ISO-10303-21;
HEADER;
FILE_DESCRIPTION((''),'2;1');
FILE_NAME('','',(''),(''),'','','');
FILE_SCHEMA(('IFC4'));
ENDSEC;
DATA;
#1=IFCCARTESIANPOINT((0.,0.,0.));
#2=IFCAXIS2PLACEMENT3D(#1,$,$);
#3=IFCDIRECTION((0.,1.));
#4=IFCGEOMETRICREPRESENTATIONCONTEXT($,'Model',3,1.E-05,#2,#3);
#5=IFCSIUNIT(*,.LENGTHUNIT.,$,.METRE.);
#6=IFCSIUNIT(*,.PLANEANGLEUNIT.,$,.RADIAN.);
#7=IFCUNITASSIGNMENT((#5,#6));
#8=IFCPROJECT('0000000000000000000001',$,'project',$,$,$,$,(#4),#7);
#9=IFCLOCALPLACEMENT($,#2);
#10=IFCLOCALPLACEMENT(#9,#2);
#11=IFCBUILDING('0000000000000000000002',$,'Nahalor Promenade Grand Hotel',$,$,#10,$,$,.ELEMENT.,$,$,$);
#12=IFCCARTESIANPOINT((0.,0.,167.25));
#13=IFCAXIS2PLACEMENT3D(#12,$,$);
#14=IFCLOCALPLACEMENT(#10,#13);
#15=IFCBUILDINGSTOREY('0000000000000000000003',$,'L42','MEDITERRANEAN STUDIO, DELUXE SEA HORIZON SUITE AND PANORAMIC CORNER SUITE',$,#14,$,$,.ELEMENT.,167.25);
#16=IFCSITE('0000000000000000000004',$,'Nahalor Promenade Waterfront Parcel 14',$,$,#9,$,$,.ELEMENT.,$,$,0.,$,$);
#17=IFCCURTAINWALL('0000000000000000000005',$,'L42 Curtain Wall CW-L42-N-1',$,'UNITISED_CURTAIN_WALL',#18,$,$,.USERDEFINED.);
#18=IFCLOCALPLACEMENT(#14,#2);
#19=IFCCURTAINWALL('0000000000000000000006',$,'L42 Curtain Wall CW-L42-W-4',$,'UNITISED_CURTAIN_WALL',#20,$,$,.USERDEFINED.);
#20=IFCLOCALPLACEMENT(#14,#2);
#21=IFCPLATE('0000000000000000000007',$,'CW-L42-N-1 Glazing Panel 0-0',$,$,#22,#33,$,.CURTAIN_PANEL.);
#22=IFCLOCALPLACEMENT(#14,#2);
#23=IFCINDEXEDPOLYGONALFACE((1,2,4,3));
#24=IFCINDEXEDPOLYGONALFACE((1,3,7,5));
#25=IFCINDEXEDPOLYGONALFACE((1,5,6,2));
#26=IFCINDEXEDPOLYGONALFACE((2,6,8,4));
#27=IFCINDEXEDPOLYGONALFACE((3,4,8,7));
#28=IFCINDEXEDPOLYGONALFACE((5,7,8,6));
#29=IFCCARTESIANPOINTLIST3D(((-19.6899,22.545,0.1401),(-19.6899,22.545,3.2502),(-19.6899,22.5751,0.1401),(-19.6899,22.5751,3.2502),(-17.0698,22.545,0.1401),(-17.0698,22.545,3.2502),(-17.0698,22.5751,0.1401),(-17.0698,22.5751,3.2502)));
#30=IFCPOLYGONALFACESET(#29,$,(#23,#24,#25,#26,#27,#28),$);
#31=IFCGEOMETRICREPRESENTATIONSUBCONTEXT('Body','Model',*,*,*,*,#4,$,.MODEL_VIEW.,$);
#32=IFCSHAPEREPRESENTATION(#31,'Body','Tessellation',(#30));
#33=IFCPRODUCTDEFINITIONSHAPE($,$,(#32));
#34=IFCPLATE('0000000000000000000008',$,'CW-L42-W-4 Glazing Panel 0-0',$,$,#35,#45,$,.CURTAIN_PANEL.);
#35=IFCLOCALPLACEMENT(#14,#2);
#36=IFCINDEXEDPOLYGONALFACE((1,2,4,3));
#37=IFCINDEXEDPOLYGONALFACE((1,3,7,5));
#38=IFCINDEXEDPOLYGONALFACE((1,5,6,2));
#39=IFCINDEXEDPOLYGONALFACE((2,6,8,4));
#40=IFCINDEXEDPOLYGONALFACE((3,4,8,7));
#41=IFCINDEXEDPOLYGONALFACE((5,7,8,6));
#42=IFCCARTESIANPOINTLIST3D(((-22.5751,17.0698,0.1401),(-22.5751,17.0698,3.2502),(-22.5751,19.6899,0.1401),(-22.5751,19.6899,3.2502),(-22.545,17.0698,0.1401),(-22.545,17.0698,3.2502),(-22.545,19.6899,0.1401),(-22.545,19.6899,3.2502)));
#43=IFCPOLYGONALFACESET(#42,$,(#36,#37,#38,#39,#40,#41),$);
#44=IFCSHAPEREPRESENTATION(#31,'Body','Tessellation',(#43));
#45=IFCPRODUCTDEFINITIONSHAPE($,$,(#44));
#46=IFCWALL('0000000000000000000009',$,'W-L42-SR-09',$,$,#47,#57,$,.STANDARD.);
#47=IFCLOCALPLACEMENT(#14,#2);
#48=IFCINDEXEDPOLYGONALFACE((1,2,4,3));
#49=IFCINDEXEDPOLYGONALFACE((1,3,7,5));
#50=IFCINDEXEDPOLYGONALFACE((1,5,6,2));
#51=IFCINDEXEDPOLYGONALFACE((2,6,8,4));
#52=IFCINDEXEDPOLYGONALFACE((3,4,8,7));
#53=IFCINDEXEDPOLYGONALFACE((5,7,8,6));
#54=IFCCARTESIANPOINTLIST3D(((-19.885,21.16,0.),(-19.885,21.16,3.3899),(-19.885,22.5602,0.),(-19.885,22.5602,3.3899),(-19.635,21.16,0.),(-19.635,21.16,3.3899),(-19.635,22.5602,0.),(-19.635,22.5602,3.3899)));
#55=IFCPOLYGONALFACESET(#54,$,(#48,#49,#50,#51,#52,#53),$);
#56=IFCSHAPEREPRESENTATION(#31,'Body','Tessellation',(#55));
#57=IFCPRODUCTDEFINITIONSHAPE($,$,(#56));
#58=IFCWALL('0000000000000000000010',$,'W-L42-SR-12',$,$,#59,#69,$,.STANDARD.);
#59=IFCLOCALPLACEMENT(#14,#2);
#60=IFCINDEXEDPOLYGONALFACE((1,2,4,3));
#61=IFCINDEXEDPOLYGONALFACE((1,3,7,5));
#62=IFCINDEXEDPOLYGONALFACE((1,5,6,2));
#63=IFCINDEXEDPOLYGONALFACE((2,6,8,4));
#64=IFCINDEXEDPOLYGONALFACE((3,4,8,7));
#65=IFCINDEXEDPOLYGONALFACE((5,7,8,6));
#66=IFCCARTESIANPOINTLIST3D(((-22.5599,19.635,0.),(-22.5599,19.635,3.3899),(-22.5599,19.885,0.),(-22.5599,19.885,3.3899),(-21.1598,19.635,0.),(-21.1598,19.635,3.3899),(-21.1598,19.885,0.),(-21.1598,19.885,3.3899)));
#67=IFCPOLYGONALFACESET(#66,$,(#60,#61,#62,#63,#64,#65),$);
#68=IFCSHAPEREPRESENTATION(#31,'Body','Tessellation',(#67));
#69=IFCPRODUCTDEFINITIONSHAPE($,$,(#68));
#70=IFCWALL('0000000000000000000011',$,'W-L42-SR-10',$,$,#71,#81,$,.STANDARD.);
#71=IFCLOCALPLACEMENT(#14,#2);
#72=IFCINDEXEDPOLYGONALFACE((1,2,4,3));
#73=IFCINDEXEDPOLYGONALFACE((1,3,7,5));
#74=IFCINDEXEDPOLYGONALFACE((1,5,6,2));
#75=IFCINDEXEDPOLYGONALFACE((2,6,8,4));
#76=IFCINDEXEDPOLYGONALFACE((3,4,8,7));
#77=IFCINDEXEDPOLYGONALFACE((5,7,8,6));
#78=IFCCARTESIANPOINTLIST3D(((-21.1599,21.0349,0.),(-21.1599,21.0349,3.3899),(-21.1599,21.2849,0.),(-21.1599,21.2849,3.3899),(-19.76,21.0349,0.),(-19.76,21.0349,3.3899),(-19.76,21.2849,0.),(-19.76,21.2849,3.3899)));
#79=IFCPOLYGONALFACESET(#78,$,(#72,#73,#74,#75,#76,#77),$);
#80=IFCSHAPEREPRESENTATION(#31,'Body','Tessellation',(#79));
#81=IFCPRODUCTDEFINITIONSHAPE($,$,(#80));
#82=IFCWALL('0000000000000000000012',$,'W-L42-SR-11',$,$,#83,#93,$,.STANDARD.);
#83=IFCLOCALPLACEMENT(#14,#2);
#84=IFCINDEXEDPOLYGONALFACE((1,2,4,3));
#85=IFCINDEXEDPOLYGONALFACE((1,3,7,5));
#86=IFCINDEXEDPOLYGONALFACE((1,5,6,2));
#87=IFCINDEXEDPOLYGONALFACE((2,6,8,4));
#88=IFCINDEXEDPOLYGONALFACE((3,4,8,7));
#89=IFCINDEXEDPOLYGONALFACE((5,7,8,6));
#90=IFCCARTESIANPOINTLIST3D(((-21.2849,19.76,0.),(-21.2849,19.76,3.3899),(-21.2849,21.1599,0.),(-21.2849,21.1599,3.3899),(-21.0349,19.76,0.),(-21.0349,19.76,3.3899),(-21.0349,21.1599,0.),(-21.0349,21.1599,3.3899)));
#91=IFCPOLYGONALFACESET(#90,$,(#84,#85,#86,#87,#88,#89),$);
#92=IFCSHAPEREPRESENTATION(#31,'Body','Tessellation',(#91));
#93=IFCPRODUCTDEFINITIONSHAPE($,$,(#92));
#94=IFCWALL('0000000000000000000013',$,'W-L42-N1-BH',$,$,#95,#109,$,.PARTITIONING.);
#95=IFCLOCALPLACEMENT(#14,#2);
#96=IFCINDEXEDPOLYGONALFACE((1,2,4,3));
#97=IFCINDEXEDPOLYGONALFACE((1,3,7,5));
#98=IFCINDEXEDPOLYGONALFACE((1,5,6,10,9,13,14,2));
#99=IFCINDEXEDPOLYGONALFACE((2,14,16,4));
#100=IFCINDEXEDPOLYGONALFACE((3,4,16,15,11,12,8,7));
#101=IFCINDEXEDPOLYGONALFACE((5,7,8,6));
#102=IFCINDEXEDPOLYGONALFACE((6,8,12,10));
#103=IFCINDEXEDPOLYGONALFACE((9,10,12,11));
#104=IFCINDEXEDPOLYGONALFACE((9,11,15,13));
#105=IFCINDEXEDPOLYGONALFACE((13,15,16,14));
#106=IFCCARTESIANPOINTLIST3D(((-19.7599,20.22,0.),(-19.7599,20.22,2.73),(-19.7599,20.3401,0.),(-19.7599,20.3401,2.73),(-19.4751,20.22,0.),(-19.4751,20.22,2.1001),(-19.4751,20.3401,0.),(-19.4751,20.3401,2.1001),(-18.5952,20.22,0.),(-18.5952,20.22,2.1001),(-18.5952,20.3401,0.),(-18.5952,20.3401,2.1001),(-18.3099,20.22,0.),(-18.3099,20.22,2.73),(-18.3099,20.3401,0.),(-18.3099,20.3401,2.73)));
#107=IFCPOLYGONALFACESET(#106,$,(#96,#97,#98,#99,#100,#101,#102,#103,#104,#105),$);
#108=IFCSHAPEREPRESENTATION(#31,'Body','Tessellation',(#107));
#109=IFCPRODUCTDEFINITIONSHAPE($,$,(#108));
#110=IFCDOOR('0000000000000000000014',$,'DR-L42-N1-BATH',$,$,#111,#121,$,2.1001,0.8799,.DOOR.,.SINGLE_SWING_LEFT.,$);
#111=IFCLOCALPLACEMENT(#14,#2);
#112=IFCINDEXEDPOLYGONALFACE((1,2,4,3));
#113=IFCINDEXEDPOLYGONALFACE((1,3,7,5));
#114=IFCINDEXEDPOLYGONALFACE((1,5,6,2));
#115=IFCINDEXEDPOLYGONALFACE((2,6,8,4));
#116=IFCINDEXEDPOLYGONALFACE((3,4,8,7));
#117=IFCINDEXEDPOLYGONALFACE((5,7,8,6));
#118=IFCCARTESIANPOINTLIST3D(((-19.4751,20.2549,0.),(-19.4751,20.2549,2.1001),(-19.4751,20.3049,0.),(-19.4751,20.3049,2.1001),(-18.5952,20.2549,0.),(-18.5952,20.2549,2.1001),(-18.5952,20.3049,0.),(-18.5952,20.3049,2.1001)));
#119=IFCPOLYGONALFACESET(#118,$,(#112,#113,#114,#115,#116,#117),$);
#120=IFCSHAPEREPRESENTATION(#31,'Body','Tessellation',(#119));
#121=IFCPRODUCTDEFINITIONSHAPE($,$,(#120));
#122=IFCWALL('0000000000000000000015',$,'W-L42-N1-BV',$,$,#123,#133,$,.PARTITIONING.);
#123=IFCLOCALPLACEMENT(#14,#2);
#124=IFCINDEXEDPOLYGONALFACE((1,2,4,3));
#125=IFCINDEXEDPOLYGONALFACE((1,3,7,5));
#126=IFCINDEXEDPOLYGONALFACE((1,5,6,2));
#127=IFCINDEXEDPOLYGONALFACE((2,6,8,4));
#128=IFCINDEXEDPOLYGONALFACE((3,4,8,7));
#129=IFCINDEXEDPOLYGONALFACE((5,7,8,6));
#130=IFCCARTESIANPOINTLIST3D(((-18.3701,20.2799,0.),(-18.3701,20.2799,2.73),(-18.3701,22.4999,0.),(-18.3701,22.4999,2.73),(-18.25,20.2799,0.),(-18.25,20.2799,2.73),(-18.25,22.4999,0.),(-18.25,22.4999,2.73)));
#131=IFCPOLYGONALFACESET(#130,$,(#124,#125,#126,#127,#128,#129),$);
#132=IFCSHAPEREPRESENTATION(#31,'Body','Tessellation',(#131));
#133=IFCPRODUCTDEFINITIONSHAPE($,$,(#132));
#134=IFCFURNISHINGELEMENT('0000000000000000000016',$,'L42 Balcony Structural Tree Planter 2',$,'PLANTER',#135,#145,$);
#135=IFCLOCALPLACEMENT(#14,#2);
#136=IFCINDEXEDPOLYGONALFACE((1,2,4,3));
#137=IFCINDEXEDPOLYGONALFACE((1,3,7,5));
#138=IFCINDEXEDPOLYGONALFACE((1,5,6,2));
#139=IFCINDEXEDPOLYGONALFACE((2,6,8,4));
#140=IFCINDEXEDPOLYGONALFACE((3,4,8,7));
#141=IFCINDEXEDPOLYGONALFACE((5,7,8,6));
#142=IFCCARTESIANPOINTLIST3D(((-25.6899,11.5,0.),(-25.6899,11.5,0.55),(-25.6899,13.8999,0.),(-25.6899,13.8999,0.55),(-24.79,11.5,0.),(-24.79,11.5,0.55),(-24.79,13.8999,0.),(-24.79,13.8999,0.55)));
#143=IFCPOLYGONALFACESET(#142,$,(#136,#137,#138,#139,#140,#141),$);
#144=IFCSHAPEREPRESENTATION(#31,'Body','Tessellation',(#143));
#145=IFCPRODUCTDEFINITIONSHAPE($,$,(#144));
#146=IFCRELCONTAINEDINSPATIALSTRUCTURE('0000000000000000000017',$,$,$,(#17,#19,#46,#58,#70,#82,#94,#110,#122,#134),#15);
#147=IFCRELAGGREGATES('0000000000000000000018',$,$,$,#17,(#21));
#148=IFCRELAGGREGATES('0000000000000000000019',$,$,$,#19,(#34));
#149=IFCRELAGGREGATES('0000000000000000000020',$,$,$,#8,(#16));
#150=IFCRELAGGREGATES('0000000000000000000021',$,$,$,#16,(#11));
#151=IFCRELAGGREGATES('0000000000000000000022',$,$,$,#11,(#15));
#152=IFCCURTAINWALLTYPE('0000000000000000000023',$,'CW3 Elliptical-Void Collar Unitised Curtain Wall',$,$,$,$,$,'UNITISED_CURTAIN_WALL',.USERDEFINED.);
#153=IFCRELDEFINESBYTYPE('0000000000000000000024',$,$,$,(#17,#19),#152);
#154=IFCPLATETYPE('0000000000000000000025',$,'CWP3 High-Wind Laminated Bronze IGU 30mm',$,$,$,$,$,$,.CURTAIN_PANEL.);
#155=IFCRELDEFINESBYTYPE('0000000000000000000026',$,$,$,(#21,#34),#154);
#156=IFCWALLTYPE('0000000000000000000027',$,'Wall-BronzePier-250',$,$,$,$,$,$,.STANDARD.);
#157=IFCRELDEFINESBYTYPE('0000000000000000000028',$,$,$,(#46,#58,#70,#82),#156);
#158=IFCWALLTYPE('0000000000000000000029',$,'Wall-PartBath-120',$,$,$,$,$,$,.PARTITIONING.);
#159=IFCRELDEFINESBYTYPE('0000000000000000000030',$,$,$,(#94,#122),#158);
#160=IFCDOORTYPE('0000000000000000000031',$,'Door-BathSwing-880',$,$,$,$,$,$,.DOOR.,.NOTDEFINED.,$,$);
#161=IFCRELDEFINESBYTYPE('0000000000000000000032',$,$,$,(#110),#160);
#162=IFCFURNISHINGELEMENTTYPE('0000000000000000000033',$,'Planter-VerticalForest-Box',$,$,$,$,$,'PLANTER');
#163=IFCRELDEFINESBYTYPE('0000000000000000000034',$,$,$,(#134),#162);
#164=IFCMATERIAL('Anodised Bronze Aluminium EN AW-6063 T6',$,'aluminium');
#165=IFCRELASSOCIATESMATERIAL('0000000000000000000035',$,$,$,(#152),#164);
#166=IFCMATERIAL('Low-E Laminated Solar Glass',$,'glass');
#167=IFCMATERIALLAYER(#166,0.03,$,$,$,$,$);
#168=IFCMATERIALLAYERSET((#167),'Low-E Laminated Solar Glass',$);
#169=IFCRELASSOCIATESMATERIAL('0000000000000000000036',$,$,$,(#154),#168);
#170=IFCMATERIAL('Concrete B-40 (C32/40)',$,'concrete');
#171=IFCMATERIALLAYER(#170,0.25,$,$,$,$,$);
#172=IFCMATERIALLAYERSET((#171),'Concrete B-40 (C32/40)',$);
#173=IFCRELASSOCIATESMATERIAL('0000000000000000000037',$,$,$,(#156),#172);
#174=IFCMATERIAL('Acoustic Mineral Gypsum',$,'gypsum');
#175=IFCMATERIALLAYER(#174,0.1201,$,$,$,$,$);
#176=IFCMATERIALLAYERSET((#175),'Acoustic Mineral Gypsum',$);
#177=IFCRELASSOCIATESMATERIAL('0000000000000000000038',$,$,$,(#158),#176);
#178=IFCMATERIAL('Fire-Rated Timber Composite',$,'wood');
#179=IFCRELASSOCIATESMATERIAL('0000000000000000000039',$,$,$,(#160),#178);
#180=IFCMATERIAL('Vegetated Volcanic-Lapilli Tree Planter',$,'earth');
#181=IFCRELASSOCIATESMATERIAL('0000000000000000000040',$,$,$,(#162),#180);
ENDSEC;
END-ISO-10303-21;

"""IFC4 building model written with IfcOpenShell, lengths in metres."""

from ifc_helpers import new_model, si_unit, direction, frame, frame_2d, origin, origin_2d, place, context, subcontext, project, spatial, rectangle, extrude, source, transform, mapped, material, layer, layer_set, type_object, element, fill, aggregate, save


model = new_model("IFC4")

# Units and contexts
model_context = context("Model", 3, precision=1e-05, world=origin(), true_north=direction((0.0, 1.0)))
body_context = subcontext(model_context, "Body", "Model", "MODEL_VIEW")
ifc_project = project(units=[si_unit("LENGTHUNIT", "METRE"), si_unit("PLANEANGLEUNIT", "RADIAN")], contexts=[model_context])

# Site, building, storey
site_placement = place(None, origin())
site = spatial("IfcSite", under=ifc_project, at=site_placement, Name="Nahalor Promenade Waterfront Parcel 14", CompositionType="ELEMENT", RefElevation=0.0)
building_placement = place(site_placement, origin())
building = spatial("IfcBuilding", under=site, at=building_placement, Name="Nahalor Promenade Grand Hotel", CompositionType="ELEMENT")
storey_placement = place(building_placement, frame((0.0, 0.0, 167.25)))
storey = spatial("IfcBuildingStorey", under=building, at=storey_placement, Name="L42", Description="MEDITERRANEAN STUDIO, DELUXE SEA HORIZON SUITE AND PANORAMIC CORNER SUITE", CompositionType="ELEMENT", Elevation=167.25)

# Curtain walls
ifc_material_1 = material(Name="Anodised Bronze Aluminium EN AW-6063 T6", Category="aluminium")
curtain_wall_type = type_object("IfcCurtainWallType", Name="CW3 Elliptical-Void Collar Unitised Curtain Wall", ElementType="UNITISED_CURTAIN_WALL", PredefinedType="USERDEFINED", material=ifc_material_1)
curtain_wall_1_placement = place(storey_placement, origin())
curtain_wall_1 = element("IfcCurtainWall", 1, at=curtain_wall_1_placement, inside=storey, type_object=curtain_wall_type, Name="L42 Curtain Wall CW-L42-N-1", ObjectType="UNITISED_CURTAIN_WALL", PredefinedType="USERDEFINED")
curtain_wall_2_placement = place(storey_placement, origin())
curtain_wall_2 = element("IfcCurtainWall", 2, at=curtain_wall_2_placement, inside=storey, type_object=curtain_wall_type, Name="L42 Curtain Wall CW-L42-W-4", ObjectType="UNITISED_CURTAIN_WALL", PredefinedType="USERDEFINED")

# Plates
ifc_material_2 = material(Name="Low-E Laminated Solar Glass", Category="glass")
ifc_layer_1 = layer(ifc_material_2, 0.03)
ifc_layer_set_1 = layer_set([ifc_layer_1], Name="Low-E Laminated Solar Glass")
plate_type = type_object("IfcPlateType", Name="CWP3 High-Wind Laminated Bronze IGU 30mm", PredefinedType="CURTAIN_PANEL", material=ifc_layer_set_1)
shared_shape_1 = source(origin(), body_context, "Body", "SweptSolid", [
    extrude(rectangle(XDim=2.6201, YDim=0.03, at=origin_2d()), origin(), (0.0, 0.0, 1.0), 3.1101),
])
plate_1_placement = place(storey_placement, frame((-18.3799, 22.5601, 0.1401), z_axis=(0.0, 0.0, 1.0), x_axis=(1.0, 0.0, 0.0)))
plate_1 = element("IfcPlate", 3, at=plate_1_placement, type_object=plate_type, Name="CW-L42-N-1 Glazing Panel 0-0", PredefinedType="CURTAIN_PANEL", context=body_context, shape_type="MappedRepresentation", body=[
    mapped(shared_shape_1, transform((0.0, 0.0, 0.0), scale=1.0)),
])
aggregate(curtain_wall_1, [plate_1])
plate_2_placement = place(storey_placement, frame((-22.5601, 18.3799, 0.1401), z_axis=(0.0, 0.0, 1.0), x_axis=(0.0, 1.0, 0.0)))
plate_2 = element("IfcPlate", 4, at=plate_2_placement, type_object=plate_type, Name="CW-L42-W-4 Glazing Panel 0-0", PredefinedType="CURTAIN_PANEL", context=body_context, shape_type="MappedRepresentation", body=[
    mapped(shared_shape_1, transform((0.0, 0.0, 0.0), scale=1.0)),
])
aggregate(curtain_wall_2, [plate_2])

# Walls
ifc_material_3 = material(Name="Concrete B-40 (C32/40)", Category="concrete")
ifc_layer_2 = layer(ifc_material_3, 0.25)
ifc_layer_set_2 = layer_set([ifc_layer_2], Name="Concrete B-40 (C32/40)")
wall_type_1 = type_object("IfcWallType", Name="Wall-BronzePier-250", PredefinedType="STANDARD", material=ifc_layer_set_2)
shared_shape_2 = source(origin(), body_context, "Body", "SweptSolid", [
    extrude(rectangle(XDim=1.4001, YDim=0.25, at=frame_2d((0.7002, 0.0))), origin(), (0.0, 0.0, 1.0), 3.3899),
])
for number, where, z_axis, x_axis, name in (
    (5, (-19.76, 21.1599, 0.0), (0.0, 0.0, 1.0), (0.0, 1.0, 0.0), "W-L42-SR-09"),
    (6, (-22.5601, 19.76, 0.0), (0.0, 0.0, 1.0), (1.0, 0.0, 0.0), "W-L42-SR-12"),
):
    element("IfcWall", number, at=place(storey_placement, frame(where, z_axis=z_axis, x_axis=x_axis)), inside=storey, type_object=wall_type_1, Name=name, PredefinedType="STANDARD", context=body_context, shape_type="MappedRepresentation", body=[
        mapped(shared_shape_2, transform((0.0, 0.0, 0.0), scale=1.0)),
    ])
shared_shape_3 = source(origin(), body_context, "Body", "SweptSolid", [
    extrude(rectangle(XDim=1.3999, YDim=0.25, at=frame_2d((0.7, 0.0))), origin(), (0.0, 0.0, 1.0), 3.3899),
])
for number, where, z_axis, x_axis, name in (
    (7, (-21.1599, 21.1599, 0.0), (0.0, 0.0, 1.0), (1.0, 0.0, 0.0), "W-L42-SR-10"),
    (8, (-21.1599, 19.76, 0.0), (0.0, 0.0, 1.0), (0.0, 1.0, 0.0), "W-L42-SR-11"),
):
    element("IfcWall", number, at=place(storey_placement, frame(where, z_axis=z_axis, x_axis=x_axis)), inside=storey, type_object=wall_type_1, Name=name, PredefinedType="STANDARD", context=body_context, shape_type="MappedRepresentation", body=[
        mapped(shared_shape_3, transform((0.0, 0.0, 0.0), scale=1.0)),
    ])

# Wall, opening, door
ifc_material_4 = material(Name="Acoustic Mineral Gypsum", Category="gypsum")
ifc_layer_3 = layer(ifc_material_4, 0.1201)
ifc_layer_set_3 = layer_set([ifc_layer_3], Name="Acoustic Mineral Gypsum")
wall_type_2 = type_object("IfcWallType", Name="Wall-PartBath-120", PredefinedType="PARTITIONING", material=ifc_layer_set_3)
shared_shape_4 = source(origin(), body_context, "Body", "SweptSolid", [
    extrude(rectangle(XDim=1.45, YDim=0.1201, at=frame_2d((0.7251, 0.0))), origin(), (0.0, 0.0, 1.0), 2.73),
])
wall_1_placement = place(storey_placement, frame((-19.76, 20.28, 0.0), z_axis=(0.0, 0.0, 1.0), x_axis=(1.0, 0.0, 0.0)))
wall_1 = element("IfcWall", 9, at=wall_1_placement, inside=storey, type_object=wall_type_2, Name="W-L42-N1-BH", PredefinedType="PARTITIONING", context=body_context, shape_type="MappedRepresentation", body=[
    mapped(shared_shape_4, transform((0.0, 0.0, 0.0), scale=1.0)),
])
opening_placement = place(wall_1_placement, frame((0.2849, 0.0, 0.0)))
opening = element("IfcOpeningElement", 10, at=opening_placement, cuts=wall_1, PredefinedType="OPENING", context=body_context, shape_type="SweptSolid", body=[
    extrude(rectangle(XDim=0.8799, YDim=2.1001, at=frame_2d((0.4399, 1.05))), frame((0.0, 0.0701, 0.0), z_axis=(0.0, -1.0, 0.0), x_axis=(1.0, 0.0, 0.0)), (0.0, 0.0, 1.0), 0.1401),
])
ifc_material_5 = material(Name="Fire-Rated Timber Composite", Category="wood")
door_type = type_object("IfcDoorType", Name="Door-BathSwing-880", OperationType="NOTDEFINED", PredefinedType="DOOR", material=ifc_material_5)
shared_shape_5 = source(origin(), body_context, "Body", "SweptSolid", [
    extrude(rectangle(XDim=0.8799, YDim=2.1001, at=frame_2d((0.4399, 1.05))), frame((0.0, 0.0249, 0.0), z_axis=(0.0, -1.0, 0.0), x_axis=(1.0, 0.0, 0.0)), (0.0, 0.0, 1.0), 0.05),
])
door_placement = place(opening_placement, origin())
door = element("IfcDoor", 11, at=door_placement, inside=storey, type_object=door_type, Name="DR-L42-N1-BATH", OperationType="SINGLE_SWING_LEFT", OverallHeight=2.1001, OverallWidth=0.8799, PredefinedType="DOOR", context=body_context, shape_type="MappedRepresentation", body=[
    mapped(shared_shape_5, transform((0.0, 0.0, 0.0), scale=1.0)),
])
fill(opening, door)

# Wall
shared_shape_6 = source(origin(), body_context, "Body", "SweptSolid", [
    extrude(rectangle(XDim=2.22, YDim=0.1201, at=frame_2d((1.1099, 0.0))), origin(), (0.0, 0.0, 1.0), 2.73),
])
wall_2_placement = place(storey_placement, frame((-18.3101, 20.28, 0.0), z_axis=(0.0, 0.0, 1.0), x_axis=(0.0, 1.0, 0.0)))
element("IfcWall", 12, at=wall_2_placement, inside=storey, type_object=wall_type_2, Name="W-L42-N1-BV", PredefinedType="PARTITIONING", context=body_context, shape_type="MappedRepresentation", body=[
    mapped(shared_shape_6, transform((0.0, 0.0, 0.0), scale=1.0)),
])

# Furnishing element
ifc_material_6 = material(Name="Vegetated Volcanic-Lapilli Tree Planter", Category="earth")
furnishing_element_type = type_object("IfcFurnishingElementType", Name="Planter-VerticalForest-Box", ElementType="PLANTER", material=ifc_material_6)
shared_shape_7 = source(origin(), body_context, "Body", "SweptSolid", [
    extrude(rectangle(XDim=2.3999, YDim=0.8999, at=origin_2d()), origin(), (0.0, 0.0, 1.0), 0.55),
])
furnishing_placement = place(storey_placement, frame((-25.24, 12.7, 0.0), z_axis=(0.0, 0.0, 1.0), x_axis=(0.0, 1.0, 0.0)))
element("IfcFurnishingElement", 13, at=furnishing_placement, inside=storey, type_object=furnishing_element_type, Name="L42 Balcony Structural Tree Planter 2", ObjectType="PLANTER", context=body_context, shape_type="MappedRepresentation", body=[
    mapped(shared_shape_7, transform((0.0, 0.0, 0.0), scale=1.0)),
])

save(model, "model.ifc")
